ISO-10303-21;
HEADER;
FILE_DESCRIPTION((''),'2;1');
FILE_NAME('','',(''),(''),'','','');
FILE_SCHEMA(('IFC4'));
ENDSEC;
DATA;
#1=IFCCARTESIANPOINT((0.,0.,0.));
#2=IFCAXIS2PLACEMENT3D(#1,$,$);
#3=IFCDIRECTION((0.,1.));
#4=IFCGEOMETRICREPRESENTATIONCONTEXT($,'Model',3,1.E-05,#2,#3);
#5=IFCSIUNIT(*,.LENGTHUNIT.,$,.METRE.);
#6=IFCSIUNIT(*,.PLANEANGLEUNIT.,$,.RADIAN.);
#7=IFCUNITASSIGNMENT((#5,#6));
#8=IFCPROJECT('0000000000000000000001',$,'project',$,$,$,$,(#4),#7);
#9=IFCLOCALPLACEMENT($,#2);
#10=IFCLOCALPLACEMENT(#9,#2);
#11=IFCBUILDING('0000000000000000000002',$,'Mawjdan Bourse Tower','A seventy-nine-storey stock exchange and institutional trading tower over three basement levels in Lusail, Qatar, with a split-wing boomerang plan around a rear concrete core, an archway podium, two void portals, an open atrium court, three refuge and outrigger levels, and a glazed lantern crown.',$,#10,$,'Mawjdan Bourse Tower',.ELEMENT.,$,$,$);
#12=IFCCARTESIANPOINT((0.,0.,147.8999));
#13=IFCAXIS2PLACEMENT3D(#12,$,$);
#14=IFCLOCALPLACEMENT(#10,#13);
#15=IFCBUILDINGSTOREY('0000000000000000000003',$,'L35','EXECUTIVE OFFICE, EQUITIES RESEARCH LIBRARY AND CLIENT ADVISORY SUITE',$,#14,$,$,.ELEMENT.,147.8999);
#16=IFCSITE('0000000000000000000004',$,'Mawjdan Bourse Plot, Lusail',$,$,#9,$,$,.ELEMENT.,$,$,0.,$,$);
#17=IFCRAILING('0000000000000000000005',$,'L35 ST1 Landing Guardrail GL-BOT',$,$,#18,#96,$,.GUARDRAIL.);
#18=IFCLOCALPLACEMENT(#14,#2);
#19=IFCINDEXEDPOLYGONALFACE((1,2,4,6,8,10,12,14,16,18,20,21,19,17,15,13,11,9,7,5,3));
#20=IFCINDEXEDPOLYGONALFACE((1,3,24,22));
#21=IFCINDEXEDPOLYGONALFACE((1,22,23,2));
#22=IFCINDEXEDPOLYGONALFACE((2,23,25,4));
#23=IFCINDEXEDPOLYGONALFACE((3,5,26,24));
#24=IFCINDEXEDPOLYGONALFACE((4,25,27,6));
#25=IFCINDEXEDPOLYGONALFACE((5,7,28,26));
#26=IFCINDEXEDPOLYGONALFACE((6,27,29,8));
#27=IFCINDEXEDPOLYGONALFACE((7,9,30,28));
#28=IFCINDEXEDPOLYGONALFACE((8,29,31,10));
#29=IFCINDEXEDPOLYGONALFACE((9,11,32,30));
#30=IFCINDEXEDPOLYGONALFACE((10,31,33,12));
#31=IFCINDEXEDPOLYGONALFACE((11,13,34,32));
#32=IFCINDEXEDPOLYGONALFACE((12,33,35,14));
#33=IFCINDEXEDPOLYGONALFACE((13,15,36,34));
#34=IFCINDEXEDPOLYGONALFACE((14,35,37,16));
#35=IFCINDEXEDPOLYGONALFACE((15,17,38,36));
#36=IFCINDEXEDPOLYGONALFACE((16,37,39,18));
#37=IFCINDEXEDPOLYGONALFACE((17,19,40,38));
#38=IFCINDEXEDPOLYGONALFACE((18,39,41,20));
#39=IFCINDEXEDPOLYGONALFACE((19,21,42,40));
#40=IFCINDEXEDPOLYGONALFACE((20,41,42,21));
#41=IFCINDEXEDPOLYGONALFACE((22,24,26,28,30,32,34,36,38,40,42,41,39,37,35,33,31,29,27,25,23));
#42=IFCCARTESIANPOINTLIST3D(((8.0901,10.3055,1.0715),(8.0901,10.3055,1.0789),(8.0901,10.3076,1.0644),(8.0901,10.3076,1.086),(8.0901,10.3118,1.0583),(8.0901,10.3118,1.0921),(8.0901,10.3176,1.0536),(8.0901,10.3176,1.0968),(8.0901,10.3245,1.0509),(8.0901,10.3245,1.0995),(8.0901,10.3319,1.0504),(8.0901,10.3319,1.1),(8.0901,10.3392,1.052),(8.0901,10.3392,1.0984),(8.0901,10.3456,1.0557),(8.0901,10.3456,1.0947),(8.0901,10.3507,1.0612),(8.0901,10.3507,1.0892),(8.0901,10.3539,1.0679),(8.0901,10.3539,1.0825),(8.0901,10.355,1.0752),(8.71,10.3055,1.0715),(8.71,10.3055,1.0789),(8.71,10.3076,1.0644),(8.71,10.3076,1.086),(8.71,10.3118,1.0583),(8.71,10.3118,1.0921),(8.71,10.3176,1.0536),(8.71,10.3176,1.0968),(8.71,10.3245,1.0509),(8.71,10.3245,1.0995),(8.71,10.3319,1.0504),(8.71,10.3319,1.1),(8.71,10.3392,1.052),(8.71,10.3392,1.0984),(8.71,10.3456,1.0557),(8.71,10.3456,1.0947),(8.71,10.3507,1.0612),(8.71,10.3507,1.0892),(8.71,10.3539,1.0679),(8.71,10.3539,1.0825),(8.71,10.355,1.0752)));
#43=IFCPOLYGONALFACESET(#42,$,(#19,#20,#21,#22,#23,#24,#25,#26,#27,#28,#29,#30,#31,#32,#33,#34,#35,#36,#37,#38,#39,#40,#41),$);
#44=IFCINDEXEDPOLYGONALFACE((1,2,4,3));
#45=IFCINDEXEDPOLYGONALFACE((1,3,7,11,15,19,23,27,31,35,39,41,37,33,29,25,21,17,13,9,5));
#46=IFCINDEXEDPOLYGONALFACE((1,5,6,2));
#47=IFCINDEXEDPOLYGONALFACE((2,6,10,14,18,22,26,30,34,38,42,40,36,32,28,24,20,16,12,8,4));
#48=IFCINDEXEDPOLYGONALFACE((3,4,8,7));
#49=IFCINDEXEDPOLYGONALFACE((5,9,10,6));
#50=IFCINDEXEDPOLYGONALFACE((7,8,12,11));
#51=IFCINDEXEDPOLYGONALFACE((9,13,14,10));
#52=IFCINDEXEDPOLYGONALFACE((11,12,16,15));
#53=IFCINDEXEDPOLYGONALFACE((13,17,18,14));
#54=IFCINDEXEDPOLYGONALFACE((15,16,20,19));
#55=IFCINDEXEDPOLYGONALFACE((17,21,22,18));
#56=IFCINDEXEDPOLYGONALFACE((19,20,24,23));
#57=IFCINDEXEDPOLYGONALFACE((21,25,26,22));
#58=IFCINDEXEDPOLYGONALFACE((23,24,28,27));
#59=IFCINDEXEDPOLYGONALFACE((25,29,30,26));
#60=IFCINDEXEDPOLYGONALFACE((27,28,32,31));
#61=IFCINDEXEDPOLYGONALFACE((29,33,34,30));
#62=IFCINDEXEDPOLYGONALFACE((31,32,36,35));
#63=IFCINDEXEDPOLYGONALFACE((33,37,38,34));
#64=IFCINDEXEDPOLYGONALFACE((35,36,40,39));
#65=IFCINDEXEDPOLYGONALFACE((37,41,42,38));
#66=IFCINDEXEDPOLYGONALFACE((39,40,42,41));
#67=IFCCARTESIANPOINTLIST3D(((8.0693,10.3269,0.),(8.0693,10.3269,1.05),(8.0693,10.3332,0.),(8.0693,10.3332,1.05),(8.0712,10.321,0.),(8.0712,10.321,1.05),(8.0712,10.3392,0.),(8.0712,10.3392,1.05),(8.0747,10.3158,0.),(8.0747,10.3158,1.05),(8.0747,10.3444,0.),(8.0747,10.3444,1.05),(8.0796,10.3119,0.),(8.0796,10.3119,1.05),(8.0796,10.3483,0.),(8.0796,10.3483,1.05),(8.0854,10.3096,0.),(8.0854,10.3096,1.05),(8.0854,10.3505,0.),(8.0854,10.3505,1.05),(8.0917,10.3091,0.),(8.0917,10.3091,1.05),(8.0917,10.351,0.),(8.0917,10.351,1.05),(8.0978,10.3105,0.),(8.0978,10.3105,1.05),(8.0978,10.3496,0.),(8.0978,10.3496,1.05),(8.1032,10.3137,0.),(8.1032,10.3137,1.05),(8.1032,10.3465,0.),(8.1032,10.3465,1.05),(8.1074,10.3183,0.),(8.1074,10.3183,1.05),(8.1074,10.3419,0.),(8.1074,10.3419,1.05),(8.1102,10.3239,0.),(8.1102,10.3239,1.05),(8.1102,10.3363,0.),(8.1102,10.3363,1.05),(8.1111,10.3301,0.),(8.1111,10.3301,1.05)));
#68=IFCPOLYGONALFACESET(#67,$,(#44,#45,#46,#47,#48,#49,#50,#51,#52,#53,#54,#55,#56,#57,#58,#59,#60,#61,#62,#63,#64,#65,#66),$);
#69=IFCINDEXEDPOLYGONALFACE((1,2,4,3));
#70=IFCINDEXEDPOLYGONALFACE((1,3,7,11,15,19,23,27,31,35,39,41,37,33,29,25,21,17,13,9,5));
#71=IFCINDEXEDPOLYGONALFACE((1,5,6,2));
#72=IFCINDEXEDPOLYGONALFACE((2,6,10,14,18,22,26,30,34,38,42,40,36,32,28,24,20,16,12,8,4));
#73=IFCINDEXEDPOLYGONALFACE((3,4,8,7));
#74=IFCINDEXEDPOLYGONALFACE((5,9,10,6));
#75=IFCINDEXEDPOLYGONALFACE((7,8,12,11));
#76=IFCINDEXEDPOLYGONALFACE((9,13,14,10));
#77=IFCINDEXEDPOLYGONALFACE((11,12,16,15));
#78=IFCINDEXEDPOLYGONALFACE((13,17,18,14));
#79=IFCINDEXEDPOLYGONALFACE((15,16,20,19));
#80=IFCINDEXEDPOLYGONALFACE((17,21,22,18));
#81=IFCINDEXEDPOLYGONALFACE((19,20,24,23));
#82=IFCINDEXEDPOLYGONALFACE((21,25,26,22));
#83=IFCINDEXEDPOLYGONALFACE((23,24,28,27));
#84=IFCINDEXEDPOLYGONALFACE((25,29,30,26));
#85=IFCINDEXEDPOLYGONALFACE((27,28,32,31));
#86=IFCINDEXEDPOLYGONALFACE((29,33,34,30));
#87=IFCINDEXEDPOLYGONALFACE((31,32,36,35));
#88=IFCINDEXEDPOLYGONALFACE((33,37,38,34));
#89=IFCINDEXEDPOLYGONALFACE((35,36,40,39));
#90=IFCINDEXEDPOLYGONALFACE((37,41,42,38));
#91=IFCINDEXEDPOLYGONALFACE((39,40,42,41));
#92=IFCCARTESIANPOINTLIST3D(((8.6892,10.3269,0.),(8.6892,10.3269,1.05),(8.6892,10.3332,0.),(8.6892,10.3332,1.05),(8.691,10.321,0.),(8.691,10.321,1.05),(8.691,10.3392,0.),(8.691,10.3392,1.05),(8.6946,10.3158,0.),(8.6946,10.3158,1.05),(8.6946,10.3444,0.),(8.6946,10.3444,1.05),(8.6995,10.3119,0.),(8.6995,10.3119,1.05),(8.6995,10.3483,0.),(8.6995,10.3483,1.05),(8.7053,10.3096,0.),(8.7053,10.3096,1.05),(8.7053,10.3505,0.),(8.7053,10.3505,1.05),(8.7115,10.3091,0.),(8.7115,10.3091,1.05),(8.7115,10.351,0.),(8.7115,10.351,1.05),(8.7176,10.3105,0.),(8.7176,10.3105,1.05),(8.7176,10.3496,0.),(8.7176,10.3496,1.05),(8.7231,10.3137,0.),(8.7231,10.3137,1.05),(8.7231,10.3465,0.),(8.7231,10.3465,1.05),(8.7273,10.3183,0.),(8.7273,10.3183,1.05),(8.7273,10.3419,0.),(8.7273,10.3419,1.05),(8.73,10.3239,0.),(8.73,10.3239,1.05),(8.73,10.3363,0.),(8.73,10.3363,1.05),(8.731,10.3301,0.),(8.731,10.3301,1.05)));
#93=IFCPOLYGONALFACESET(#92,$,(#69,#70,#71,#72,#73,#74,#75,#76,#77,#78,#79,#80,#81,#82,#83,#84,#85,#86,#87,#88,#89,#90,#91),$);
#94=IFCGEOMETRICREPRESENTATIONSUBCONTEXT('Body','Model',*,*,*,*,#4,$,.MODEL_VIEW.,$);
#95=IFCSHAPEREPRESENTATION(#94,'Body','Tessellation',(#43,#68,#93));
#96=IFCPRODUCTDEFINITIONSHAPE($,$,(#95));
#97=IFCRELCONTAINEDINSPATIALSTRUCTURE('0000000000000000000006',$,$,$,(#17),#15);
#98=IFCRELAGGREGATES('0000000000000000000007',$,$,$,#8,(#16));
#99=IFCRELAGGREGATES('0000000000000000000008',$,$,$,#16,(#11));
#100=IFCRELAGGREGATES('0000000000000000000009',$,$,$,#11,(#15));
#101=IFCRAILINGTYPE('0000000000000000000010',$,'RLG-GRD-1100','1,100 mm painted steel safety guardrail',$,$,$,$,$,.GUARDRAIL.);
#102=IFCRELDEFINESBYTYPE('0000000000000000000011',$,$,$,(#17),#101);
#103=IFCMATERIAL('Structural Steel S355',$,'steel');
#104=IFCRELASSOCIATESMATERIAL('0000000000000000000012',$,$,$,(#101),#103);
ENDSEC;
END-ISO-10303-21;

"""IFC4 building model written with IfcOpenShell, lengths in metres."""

from ifc_helpers import new_model, si_unit, direction, frame, origin, origin_2d, place, context, subcontext, project, spatial, circle, extrude, material, type_object, element, save


model = new_model("IFC4")

# Units and contexts
model_context = context("Model", 3, precision=1e-05, world=origin(), true_north=direction((0.0, 1.0)))
body_context = subcontext(model_context, "Body", "Model", "MODEL_VIEW")
ifc_project = project(units=[si_unit("LENGTHUNIT", "METRE"), si_unit("PLANEANGLEUNIT", "RADIAN")], contexts=[model_context])

# Site, building, storey
site_placement = place(None, origin())
site = spatial("IfcSite", under=ifc_project, at=site_placement, Name="Mawjdan Bourse Plot, Lusail", CompositionType="ELEMENT", RefElevation=0.0)
building_placement = place(site_placement, origin())
building = spatial("IfcBuilding", under=site, at=building_placement, Name="Mawjdan Bourse Tower", Description="A seventy-nine-storey stock exchange and institutional trading tower over three basement levels in Lusail, Qatar, with a split-wing boomerang plan around a rear concrete core, an archway podium, two void portals, an open atrium court, three refuge and outrigger levels, and a glazed lantern crown.", LongName="Mawjdan Bourse Tower", CompositionType="ELEMENT")
storey_placement = place(building_placement, frame((0.0, 0.0, 147.8999)))
storey = spatial("IfcBuildingStorey", under=building, at=storey_placement, Name="L35", Description="EXECUTIVE OFFICE, EQUITIES RESEARCH LIBRARY AND CLIENT ADVISORY SUITE", CompositionType="ELEMENT", Elevation=147.8999)

# Shared definitions
ifc_material_1 = material(Name="Structural Steel S355", Category="steel")

# Railing
railing_type_1 = type_object("IfcRailingType", Name="RLG-GRD-1100", Description="1,100 mm painted steel safety guardrail", PredefinedType="GUARDRAIL", material=ifc_material_1)
for number, where, name in (
    (1, (8.0901, 10.3301, 0.0), "L35 ST1 Landing Guardrail GL-BOT"),
):
    element("IfcRailing", number, at=place(storey_placement, frame(where)), inside=storey, type_object=railing_type_1, Name=name, PredefinedType="GUARDRAIL", context=body_context, shape_type="SweptSolid", body=[
        extrude(circle(Radius=0.0249, at=origin_2d()), frame((0.0, 0.0, 1.0752), z_axis=(1.0, 0.0, 0.0), x_axis=(0.0, 1.0, 0.0)), (0.0, 0.0, 1.0), 0.6199),
        extrude(circle(Radius=0.021, at=origin_2d()), origin(), (0.0, 0.0, 1.0), 1.05),
        extrude(circle(Radius=0.021, at=origin_2d()), frame((0.6199, 0.0, 0.0)), (0.0, 0.0, 1.0), 1.05),
    ])

save(model, "model.ifc")
